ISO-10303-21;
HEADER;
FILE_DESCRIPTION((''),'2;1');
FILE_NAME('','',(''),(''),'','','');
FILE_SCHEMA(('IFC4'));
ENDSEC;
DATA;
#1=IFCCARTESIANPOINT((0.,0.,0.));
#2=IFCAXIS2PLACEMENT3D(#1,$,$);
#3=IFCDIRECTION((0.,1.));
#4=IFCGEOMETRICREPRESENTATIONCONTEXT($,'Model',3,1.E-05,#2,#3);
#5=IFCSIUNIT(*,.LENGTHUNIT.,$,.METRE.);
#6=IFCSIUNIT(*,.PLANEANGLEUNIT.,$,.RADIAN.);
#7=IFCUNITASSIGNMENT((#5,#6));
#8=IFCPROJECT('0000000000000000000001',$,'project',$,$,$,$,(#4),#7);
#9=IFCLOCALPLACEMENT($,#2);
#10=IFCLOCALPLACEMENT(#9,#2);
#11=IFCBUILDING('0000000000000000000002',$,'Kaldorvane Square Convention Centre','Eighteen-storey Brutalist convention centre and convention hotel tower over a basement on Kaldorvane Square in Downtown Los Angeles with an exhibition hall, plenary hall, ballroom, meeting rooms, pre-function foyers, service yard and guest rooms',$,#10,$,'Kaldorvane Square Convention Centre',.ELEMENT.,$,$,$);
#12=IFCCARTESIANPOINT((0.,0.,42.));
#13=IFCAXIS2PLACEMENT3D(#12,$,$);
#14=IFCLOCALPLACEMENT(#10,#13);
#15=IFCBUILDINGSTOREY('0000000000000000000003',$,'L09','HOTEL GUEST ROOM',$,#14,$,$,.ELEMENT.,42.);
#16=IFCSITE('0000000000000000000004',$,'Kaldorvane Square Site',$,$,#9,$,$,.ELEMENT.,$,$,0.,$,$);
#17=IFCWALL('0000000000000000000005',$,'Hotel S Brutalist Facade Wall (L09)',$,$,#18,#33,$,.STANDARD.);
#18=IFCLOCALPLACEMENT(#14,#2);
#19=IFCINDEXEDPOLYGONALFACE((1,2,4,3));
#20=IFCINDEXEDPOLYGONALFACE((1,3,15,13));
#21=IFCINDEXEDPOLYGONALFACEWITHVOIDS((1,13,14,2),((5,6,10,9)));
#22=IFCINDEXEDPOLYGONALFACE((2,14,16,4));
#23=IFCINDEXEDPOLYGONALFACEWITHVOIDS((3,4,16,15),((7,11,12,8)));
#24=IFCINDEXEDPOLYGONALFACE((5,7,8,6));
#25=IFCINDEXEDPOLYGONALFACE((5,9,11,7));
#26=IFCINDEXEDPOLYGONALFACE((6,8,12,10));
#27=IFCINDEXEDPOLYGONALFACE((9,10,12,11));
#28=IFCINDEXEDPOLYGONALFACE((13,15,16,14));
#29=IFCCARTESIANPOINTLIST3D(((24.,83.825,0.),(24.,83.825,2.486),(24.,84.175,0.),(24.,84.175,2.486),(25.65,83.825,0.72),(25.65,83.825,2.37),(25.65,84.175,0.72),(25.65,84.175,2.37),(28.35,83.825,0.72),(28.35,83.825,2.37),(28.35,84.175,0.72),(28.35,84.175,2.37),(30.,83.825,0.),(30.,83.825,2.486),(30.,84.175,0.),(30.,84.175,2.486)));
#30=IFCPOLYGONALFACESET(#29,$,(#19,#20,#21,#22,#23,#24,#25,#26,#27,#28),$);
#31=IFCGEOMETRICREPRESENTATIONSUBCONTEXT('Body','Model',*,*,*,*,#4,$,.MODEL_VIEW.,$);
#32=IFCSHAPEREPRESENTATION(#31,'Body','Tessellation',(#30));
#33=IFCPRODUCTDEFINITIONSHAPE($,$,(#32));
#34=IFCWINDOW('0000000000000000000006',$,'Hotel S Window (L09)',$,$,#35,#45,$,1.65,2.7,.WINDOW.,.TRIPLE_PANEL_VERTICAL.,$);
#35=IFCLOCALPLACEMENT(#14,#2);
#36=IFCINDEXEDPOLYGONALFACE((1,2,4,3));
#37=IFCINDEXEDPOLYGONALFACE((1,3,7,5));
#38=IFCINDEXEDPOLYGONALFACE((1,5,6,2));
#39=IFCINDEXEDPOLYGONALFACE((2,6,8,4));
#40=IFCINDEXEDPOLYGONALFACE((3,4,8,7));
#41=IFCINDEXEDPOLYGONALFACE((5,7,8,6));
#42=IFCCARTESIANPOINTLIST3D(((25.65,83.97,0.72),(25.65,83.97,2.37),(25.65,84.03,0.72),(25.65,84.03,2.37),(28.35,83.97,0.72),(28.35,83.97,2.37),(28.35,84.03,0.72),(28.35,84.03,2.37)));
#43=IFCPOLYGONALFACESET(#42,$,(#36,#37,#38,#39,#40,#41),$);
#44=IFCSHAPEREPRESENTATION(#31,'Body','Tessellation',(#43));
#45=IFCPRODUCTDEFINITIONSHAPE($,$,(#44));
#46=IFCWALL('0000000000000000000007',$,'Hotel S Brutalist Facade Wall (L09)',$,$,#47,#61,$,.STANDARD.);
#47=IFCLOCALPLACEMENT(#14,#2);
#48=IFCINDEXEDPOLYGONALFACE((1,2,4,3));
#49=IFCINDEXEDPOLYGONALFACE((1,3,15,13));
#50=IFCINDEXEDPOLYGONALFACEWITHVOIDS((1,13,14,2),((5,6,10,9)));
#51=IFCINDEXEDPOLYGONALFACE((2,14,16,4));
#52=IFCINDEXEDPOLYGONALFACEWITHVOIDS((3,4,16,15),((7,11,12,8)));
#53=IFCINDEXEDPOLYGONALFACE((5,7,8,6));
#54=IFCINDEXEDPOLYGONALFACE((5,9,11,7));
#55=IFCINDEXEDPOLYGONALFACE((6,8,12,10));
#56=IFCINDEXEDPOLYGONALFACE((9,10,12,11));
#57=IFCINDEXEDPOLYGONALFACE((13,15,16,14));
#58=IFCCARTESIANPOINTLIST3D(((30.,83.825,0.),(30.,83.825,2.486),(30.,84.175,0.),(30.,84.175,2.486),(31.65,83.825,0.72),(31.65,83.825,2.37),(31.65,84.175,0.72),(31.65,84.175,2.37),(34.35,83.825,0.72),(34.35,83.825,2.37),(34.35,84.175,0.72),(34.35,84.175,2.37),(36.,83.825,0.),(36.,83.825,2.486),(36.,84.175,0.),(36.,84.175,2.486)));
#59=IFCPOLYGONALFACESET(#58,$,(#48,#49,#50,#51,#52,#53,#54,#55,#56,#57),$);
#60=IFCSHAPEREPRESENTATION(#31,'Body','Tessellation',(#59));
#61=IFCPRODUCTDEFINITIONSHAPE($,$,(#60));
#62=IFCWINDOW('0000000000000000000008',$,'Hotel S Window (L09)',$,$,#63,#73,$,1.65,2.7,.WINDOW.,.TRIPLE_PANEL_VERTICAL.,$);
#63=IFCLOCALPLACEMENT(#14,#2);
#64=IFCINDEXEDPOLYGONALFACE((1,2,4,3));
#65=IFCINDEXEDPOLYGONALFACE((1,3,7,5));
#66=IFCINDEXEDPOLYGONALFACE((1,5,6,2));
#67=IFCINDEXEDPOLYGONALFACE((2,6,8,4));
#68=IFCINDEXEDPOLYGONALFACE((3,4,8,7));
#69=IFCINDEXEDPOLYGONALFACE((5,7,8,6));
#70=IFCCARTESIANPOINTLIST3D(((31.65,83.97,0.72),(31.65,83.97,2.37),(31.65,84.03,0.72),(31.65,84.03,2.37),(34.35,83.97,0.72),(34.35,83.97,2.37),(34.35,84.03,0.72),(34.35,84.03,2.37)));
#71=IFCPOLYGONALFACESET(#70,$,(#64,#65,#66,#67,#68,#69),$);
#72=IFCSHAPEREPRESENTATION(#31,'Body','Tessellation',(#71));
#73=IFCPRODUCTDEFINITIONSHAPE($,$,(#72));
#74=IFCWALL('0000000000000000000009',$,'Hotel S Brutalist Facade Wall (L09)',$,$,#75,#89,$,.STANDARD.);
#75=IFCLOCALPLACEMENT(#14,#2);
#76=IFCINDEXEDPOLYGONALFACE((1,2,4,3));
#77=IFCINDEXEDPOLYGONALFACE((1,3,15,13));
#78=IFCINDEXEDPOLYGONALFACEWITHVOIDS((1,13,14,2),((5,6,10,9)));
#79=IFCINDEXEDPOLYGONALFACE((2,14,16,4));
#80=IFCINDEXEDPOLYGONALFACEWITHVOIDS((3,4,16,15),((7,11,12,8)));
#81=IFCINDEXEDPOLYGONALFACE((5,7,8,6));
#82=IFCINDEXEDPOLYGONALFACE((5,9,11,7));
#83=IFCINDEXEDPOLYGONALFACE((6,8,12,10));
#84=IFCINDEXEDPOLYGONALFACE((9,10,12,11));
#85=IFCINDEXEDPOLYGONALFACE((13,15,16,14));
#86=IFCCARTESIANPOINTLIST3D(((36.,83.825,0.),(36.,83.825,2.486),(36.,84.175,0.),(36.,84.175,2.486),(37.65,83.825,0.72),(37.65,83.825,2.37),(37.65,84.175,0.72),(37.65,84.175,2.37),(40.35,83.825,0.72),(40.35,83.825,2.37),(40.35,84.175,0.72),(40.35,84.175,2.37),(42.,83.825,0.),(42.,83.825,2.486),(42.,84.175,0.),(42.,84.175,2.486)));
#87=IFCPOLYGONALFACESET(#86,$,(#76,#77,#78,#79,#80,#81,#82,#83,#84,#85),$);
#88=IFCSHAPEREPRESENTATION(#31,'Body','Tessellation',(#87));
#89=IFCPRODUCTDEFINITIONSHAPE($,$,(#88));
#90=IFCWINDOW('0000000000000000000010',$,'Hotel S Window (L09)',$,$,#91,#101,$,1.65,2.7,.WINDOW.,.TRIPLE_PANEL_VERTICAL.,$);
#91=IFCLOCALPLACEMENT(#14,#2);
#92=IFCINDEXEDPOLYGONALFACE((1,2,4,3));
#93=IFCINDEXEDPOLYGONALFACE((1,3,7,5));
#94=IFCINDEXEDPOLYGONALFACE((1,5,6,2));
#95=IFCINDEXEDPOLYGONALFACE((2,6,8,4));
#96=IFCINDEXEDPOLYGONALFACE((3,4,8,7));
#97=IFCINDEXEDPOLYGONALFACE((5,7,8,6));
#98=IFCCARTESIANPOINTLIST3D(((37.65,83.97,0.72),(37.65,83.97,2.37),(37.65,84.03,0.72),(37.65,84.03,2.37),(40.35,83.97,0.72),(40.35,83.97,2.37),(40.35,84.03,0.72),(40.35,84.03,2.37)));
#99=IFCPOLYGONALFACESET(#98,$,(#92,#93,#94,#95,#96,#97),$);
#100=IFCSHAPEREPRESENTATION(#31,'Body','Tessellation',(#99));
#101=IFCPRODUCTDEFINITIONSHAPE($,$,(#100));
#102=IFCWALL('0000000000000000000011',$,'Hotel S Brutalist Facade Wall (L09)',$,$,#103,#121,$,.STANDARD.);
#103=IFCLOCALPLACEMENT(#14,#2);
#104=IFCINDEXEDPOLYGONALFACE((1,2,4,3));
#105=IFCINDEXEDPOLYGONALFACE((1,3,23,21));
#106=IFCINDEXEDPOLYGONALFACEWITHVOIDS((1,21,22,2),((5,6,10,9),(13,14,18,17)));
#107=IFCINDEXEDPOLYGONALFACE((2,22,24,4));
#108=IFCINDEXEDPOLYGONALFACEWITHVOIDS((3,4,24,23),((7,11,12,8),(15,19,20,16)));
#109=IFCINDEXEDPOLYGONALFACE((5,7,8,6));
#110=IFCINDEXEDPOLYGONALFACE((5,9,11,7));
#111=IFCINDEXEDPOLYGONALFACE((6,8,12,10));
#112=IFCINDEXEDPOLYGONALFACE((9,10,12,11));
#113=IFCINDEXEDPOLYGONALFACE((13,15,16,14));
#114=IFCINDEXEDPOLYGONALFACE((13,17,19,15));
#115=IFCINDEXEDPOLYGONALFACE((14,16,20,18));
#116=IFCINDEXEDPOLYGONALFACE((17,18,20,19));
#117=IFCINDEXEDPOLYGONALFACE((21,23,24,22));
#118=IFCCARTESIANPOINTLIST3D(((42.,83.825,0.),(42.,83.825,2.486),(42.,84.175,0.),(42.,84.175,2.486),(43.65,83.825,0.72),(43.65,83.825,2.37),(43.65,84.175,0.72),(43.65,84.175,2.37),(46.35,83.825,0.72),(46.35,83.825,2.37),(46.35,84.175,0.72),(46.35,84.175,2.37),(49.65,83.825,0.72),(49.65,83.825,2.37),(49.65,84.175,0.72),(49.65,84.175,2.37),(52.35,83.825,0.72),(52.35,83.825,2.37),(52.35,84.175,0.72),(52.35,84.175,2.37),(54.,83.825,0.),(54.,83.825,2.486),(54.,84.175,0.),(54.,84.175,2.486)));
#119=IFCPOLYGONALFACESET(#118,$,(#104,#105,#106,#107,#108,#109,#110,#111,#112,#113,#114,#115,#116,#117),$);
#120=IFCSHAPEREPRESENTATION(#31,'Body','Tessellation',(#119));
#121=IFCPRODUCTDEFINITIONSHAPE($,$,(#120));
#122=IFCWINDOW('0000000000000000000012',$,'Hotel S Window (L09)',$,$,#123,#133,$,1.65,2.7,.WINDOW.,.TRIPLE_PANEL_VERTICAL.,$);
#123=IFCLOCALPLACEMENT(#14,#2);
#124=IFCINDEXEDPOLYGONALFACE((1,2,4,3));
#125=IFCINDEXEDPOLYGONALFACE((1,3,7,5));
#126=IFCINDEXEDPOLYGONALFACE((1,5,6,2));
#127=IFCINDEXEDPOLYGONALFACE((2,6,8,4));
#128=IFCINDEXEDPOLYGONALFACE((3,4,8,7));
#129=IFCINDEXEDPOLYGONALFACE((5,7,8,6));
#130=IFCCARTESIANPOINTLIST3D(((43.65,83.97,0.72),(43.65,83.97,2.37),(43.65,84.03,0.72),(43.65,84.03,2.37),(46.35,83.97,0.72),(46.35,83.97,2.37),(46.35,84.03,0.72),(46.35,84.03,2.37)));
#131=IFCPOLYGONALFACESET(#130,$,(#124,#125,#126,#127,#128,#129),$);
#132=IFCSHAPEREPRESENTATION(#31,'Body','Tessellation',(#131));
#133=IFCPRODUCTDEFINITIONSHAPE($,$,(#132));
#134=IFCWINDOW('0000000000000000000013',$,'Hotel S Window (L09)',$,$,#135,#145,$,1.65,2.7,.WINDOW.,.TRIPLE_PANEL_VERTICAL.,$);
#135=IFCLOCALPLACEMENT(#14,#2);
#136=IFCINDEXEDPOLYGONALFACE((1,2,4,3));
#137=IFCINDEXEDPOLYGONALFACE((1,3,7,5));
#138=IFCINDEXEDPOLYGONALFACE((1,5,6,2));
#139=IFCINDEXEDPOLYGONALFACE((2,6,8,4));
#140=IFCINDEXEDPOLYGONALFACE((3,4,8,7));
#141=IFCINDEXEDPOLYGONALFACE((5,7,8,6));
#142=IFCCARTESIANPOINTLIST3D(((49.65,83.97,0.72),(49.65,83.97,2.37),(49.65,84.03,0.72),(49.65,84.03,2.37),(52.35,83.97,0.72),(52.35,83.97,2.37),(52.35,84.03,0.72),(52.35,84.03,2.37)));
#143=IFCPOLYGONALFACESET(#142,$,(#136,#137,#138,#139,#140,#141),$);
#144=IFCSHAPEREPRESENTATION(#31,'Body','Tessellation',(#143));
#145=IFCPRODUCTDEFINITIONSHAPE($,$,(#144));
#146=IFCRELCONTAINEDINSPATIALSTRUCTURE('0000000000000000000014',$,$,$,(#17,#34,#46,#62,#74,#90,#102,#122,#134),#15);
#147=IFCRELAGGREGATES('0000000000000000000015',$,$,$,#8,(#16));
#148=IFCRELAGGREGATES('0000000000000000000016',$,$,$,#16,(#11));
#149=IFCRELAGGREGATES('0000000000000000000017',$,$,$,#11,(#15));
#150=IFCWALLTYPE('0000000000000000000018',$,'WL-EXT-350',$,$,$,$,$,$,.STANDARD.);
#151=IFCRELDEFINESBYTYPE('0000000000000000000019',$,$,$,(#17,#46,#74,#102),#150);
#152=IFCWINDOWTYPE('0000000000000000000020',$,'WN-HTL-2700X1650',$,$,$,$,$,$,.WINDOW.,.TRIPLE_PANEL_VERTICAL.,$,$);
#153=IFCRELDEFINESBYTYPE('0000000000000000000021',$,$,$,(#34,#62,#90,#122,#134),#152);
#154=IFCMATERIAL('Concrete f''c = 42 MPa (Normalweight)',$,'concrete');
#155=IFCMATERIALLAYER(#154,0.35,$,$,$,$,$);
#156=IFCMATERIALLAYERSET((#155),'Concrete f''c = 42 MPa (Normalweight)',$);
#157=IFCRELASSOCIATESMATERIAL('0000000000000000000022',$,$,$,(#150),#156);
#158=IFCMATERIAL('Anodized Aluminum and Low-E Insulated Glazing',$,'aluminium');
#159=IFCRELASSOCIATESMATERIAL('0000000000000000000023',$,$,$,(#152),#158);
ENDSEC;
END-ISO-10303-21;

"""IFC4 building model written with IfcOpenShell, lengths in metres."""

from ifc_helpers import new_model, si_unit, direction, frame, frame_2d, origin, place, context, subcontext, project, spatial, rectangle, extrude, material, layer, layer_set, type_object, element, fill, save


model = new_model("IFC4")

# Units and contexts
model_context = context("Model", 3, precision=1e-05, world=origin(), true_north=direction((0.0, 1.0)))
body_context = subcontext(model_context, "Body", "Model", "MODEL_VIEW")
ifc_project = project(units=[si_unit("LENGTHUNIT", "METRE"), si_unit("PLANEANGLEUNIT", "RADIAN")], contexts=[model_context])

# Site, building, storey
site_placement = place(None, origin())
site = spatial("IfcSite", under=ifc_project, at=site_placement, Name="Kaldorvane Square Site", CompositionType="ELEMENT", RefElevation=0.0)
building_placement = place(site_placement, origin())
building = spatial("IfcBuilding", under=site, at=building_placement, Name="Kaldorvane Square Convention Centre", Description="Eighteen-storey Brutalist convention centre and convention hotel tower over a basement on Kaldorvane Square in Downtown Los Angeles with an exhibition hall, plenary hall, ballroom, meeting rooms, pre-function foyers, service yard and guest rooms", LongName="Kaldorvane Square Convention Centre", CompositionType="ELEMENT")
storey_placement = place(building_placement, frame((0.0, 0.0, 42.0)))
storey = spatial("IfcBuildingStorey", under=building, at=storey_placement, Name="L09", Description="HOTEL GUEST ROOM", CompositionType="ELEMENT", Elevation=42.0)

# Shared definitions
ifc_material_1 = material(Name="Concrete f'c = 42 MPa (Normalweight)", Category="concrete")

# Walls, openings, windows
ifc_layer = layer(ifc_material_1, 0.35)
ifc_layer_set = layer_set([ifc_layer], Name="Concrete f'c = 42 MPa (Normalweight)")
wall_type = type_object("IfcWallType", Name="WL-EXT-350", PredefinedType="STANDARD", material=ifc_layer_set)
wall_1_placement = place(storey_placement, frame((24.0, 84.0, 0.0), z_axis=(0.0, 0.0, 1.0), x_axis=(1.0, 0.0, 0.0)))
wall_1 = element("IfcWall", 1, at=wall_1_placement, inside=storey, type_object=wall_type, Name="Hotel S Brutalist Facade Wall (L09)", PredefinedType="STANDARD", context=body_context, shape_type="SweptSolid", body=[
    extrude(rectangle(XDim=6.0, YDim=0.35, at=frame_2d((3.0, 0.0))), origin(), (0.0, 0.0, 1.0), 2.486),
])
opening_1_placement = place(wall_1_placement, frame((1.65, 0.0, 0.72)))
opening_1 = element("IfcOpeningElement", 2, at=opening_1_placement, cuts=wall_1, PredefinedType="OPENING", context=body_context, shape_type="SweptSolid", body=[
    extrude(rectangle(XDim=2.7, YDim=1.65, at=frame_2d((1.35, 0.825))), frame((0.0, 0.19, 0.0), z_axis=(0.0, -1.0, 0.0), x_axis=(1.0, 0.0, 0.0)), (0.0, 0.0, 1.0), 0.38),
])
ifc_material_2 = material(Name="Anodized Aluminum and Low-E Insulated Glazing", Category="aluminium")
window_type_1 = type_object("IfcWindowType", Name="WN-HTL-2700X1650", PartitioningType="TRIPLE_PANEL_VERTICAL", PredefinedType="WINDOW", material=ifc_material_2)
window_1_placement = place(opening_1_placement, origin())
window_1 = element("IfcWindow", 3, at=window_1_placement, inside=storey, type_object=window_type_1, Name="Hotel S Window (L09)", OverallHeight=1.65, OverallWidth=2.7, PartitioningType="TRIPLE_PANEL_VERTICAL", PredefinedType="WINDOW", context=body_context, shape_type="SweptSolid", body=[
    extrude(rectangle(XDim=2.7, YDim=1.65, at=frame_2d((1.35, 0.825))), frame((0.0, 0.03, 0.0), z_axis=(0.0, -1.0, 0.0), x_axis=(1.0, 0.0, 0.0)), (0.0, 0.0, 1.0), 0.06),
])
fill(opening_1, window_1)
wall_2_placement = place(storey_placement, frame((30.0, 84.0, 0.0), z_axis=(0.0, 0.0, 1.0), x_axis=(1.0, 0.0, 0.0)))
wall_2 = element("IfcWall", 4, at=wall_2_placement, inside=storey, type_object=wall_type, Name="Hotel S Brutalist Facade Wall (L09)", PredefinedType="STANDARD", context=body_context, shape_type="SweptSolid", body=[
    extrude(rectangle(XDim=6.0, YDim=0.35, at=frame_2d((3.0, 0.0))), origin(), (0.0, 0.0, 1.0), 2.486),
])
opening_2_placement = place(wall_2_placement, frame((1.65, 0.0, 0.72)))
opening_2 = element("IfcOpeningElement", 5, at=opening_2_placement, cuts=wall_2, PredefinedType="OPENING", context=body_context, shape_type="SweptSolid", body=[
    extrude(rectangle(XDim=2.7, YDim=1.65, at=frame_2d((1.35, 0.825))), frame((0.0, 0.19, 0.0), z_axis=(0.0, -1.0, 0.0), x_axis=(1.0, 0.0, 0.0)), (0.0, 0.0, 1.0), 0.38),
])
window_2_placement = place(opening_2_placement, origin())
window_2 = element("IfcWindow", 6, at=window_2_placement, inside=storey, type_object=window_type_1, Name="Hotel S Window (L09)", OverallHeight=1.65, OverallWidth=2.7, PartitioningType="TRIPLE_PANEL_VERTICAL", PredefinedType="WINDOW", context=body_context, shape_type="SweptSolid", body=[
    extrude(rectangle(XDim=2.7, YDim=1.65, at=frame_2d((1.35, 0.825))), frame((0.0, 0.03, 0.0), z_axis=(0.0, -1.0, 0.0), x_axis=(1.0, 0.0, 0.0)), (0.0, 0.0, 1.0), 0.06),
])
fill(opening_2, window_2)
wall_3_placement = place(storey_placement, frame((36.0, 84.0, 0.0), z_axis=(0.0, 0.0, 1.0), x_axis=(1.0, 0.0, 0.0)))
wall_3 = element("IfcWall", 7, at=wall_3_placement, inside=storey, type_object=wall_type, Name="Hotel S Brutalist Facade Wall (L09)", PredefinedType="STANDARD", context=body_context, shape_type="SweptSolid", body=[
    extrude(rectangle(XDim=6.0, YDim=0.35, at=frame_2d((3.0, 0.0))), origin(), (0.0, 0.0, 1.0), 2.486),
])
opening_3_placement = place(wall_3_placement, frame((1.65, 0.0, 0.72)))
opening_3 = element("IfcOpeningElement", 8, at=opening_3_placement, cuts=wall_3, PredefinedType="OPENING", context=body_context, shape_type="SweptSolid", body=[
    extrude(rectangle(XDim=2.7, YDim=1.65, at=frame_2d((1.35, 0.825))), frame((0.0, 0.19, 0.0), z_axis=(0.0, -1.0, 0.0), x_axis=(1.0, 0.0, 0.0)), (0.0, 0.0, 1.0), 0.38),
])
window_3_placement = place(opening_3_placement, origin())
window_3 = element("IfcWindow", 9, at=window_3_placement, inside=storey, type_object=window_type_1, Name="Hotel S Window (L09)", OverallHeight=1.65, OverallWidth=2.7, PartitioningType="TRIPLE_PANEL_VERTICAL", PredefinedType="WINDOW", context=body_context, shape_type="SweptSolid", body=[
    extrude(rectangle(XDim=2.7, YDim=1.65, at=frame_2d((1.35, 0.825))), frame((0.0, 0.03, 0.0), z_axis=(0.0, -1.0, 0.0), x_axis=(1.0, 0.0, 0.0)), (0.0, 0.0, 1.0), 0.06),
])
fill(opening_3, window_3)

# Wall, openings, windows
wall_4_placement = place(storey_placement, frame((42.0, 84.0, 0.0), z_axis=(0.0, 0.0, 1.0), x_axis=(1.0, 0.0, 0.0)))
wall_4 = element("IfcWall", 10, at=wall_4_placement, inside=storey, type_object=wall_type, Name="Hotel S Brutalist Facade Wall (L09)", PredefinedType="STANDARD", context=body_context, shape_type="SweptSolid", body=[
    extrude(rectangle(XDim=12.0, YDim=0.35, at=frame_2d((6.0, 0.0))), origin(), (0.0, 0.0, 1.0), 2.486),
])
opening_4_placement = place(wall_4_placement, frame((1.65, 0.0, 0.72)))
opening_4 = element("IfcOpeningElement", 11, at=opening_4_placement, cuts=wall_4, PredefinedType="OPENING", context=body_context, shape_type="SweptSolid", body=[
    extrude(rectangle(XDim=2.7, YDim=1.65, at=frame_2d((1.35, 0.825))), frame((0.0, 0.19, 0.0), z_axis=(0.0, -1.0, 0.0), x_axis=(1.0, 0.0, 0.0)), (0.0, 0.0, 1.0), 0.38),
])
opening_5_placement = place(wall_4_placement, frame((7.65, 0.0, 0.72)))
opening_5 = element("IfcOpeningElement", 12, at=opening_5_placement, cuts=wall_4, PredefinedType="OPENING", context=body_context, shape_type="SweptSolid", body=[
    extrude(rectangle(XDim=2.7, YDim=1.65, at=frame_2d((1.35, 0.825))), frame((0.0, 0.19, 0.0), z_axis=(0.0, -1.0, 0.0), x_axis=(1.0, 0.0, 0.0)), (0.0, 0.0, 1.0), 0.38),
])
window_4_placement = place(opening_4_placement, origin())
window_4 = element("IfcWindow", 13, at=window_4_placement, inside=storey, type_object=window_type_1, Name="Hotel S Window (L09)", OverallHeight=1.65, OverallWidth=2.7, PartitioningType="TRIPLE_PANEL_VERTICAL", PredefinedType="WINDOW", context=body_context, shape_type="SweptSolid", body=[
    extrude(rectangle(XDim=2.7, YDim=1.65, at=frame_2d((1.35, 0.825))), frame((0.0, 0.03, 0.0), z_axis=(0.0, -1.0, 0.0), x_axis=(1.0, 0.0, 0.0)), (0.0, 0.0, 1.0), 0.06),
])
fill(opening_4, window_4)
window_5_placement = place(opening_5_placement, origin())
window_5 = element("IfcWindow", 14, at=window_5_placement, inside=storey, type_object=window_type_1, Name="Hotel S Window (L09)", OverallHeight=1.65, OverallWidth=2.7, PartitioningType="TRIPLE_PANEL_VERTICAL", PredefinedType="WINDOW", context=body_context, shape_type="SweptSolid", body=[
    extrude(rectangle(XDim=2.7, YDim=1.65, at=frame_2d((1.35, 0.825))), frame((0.0, 0.03, 0.0), z_axis=(0.0, -1.0, 0.0), x_axis=(1.0, 0.0, 0.0)), (0.0, 0.0, 1.0), 0.06),
])
fill(opening_5, window_5)

save(model, "model.ifc")
